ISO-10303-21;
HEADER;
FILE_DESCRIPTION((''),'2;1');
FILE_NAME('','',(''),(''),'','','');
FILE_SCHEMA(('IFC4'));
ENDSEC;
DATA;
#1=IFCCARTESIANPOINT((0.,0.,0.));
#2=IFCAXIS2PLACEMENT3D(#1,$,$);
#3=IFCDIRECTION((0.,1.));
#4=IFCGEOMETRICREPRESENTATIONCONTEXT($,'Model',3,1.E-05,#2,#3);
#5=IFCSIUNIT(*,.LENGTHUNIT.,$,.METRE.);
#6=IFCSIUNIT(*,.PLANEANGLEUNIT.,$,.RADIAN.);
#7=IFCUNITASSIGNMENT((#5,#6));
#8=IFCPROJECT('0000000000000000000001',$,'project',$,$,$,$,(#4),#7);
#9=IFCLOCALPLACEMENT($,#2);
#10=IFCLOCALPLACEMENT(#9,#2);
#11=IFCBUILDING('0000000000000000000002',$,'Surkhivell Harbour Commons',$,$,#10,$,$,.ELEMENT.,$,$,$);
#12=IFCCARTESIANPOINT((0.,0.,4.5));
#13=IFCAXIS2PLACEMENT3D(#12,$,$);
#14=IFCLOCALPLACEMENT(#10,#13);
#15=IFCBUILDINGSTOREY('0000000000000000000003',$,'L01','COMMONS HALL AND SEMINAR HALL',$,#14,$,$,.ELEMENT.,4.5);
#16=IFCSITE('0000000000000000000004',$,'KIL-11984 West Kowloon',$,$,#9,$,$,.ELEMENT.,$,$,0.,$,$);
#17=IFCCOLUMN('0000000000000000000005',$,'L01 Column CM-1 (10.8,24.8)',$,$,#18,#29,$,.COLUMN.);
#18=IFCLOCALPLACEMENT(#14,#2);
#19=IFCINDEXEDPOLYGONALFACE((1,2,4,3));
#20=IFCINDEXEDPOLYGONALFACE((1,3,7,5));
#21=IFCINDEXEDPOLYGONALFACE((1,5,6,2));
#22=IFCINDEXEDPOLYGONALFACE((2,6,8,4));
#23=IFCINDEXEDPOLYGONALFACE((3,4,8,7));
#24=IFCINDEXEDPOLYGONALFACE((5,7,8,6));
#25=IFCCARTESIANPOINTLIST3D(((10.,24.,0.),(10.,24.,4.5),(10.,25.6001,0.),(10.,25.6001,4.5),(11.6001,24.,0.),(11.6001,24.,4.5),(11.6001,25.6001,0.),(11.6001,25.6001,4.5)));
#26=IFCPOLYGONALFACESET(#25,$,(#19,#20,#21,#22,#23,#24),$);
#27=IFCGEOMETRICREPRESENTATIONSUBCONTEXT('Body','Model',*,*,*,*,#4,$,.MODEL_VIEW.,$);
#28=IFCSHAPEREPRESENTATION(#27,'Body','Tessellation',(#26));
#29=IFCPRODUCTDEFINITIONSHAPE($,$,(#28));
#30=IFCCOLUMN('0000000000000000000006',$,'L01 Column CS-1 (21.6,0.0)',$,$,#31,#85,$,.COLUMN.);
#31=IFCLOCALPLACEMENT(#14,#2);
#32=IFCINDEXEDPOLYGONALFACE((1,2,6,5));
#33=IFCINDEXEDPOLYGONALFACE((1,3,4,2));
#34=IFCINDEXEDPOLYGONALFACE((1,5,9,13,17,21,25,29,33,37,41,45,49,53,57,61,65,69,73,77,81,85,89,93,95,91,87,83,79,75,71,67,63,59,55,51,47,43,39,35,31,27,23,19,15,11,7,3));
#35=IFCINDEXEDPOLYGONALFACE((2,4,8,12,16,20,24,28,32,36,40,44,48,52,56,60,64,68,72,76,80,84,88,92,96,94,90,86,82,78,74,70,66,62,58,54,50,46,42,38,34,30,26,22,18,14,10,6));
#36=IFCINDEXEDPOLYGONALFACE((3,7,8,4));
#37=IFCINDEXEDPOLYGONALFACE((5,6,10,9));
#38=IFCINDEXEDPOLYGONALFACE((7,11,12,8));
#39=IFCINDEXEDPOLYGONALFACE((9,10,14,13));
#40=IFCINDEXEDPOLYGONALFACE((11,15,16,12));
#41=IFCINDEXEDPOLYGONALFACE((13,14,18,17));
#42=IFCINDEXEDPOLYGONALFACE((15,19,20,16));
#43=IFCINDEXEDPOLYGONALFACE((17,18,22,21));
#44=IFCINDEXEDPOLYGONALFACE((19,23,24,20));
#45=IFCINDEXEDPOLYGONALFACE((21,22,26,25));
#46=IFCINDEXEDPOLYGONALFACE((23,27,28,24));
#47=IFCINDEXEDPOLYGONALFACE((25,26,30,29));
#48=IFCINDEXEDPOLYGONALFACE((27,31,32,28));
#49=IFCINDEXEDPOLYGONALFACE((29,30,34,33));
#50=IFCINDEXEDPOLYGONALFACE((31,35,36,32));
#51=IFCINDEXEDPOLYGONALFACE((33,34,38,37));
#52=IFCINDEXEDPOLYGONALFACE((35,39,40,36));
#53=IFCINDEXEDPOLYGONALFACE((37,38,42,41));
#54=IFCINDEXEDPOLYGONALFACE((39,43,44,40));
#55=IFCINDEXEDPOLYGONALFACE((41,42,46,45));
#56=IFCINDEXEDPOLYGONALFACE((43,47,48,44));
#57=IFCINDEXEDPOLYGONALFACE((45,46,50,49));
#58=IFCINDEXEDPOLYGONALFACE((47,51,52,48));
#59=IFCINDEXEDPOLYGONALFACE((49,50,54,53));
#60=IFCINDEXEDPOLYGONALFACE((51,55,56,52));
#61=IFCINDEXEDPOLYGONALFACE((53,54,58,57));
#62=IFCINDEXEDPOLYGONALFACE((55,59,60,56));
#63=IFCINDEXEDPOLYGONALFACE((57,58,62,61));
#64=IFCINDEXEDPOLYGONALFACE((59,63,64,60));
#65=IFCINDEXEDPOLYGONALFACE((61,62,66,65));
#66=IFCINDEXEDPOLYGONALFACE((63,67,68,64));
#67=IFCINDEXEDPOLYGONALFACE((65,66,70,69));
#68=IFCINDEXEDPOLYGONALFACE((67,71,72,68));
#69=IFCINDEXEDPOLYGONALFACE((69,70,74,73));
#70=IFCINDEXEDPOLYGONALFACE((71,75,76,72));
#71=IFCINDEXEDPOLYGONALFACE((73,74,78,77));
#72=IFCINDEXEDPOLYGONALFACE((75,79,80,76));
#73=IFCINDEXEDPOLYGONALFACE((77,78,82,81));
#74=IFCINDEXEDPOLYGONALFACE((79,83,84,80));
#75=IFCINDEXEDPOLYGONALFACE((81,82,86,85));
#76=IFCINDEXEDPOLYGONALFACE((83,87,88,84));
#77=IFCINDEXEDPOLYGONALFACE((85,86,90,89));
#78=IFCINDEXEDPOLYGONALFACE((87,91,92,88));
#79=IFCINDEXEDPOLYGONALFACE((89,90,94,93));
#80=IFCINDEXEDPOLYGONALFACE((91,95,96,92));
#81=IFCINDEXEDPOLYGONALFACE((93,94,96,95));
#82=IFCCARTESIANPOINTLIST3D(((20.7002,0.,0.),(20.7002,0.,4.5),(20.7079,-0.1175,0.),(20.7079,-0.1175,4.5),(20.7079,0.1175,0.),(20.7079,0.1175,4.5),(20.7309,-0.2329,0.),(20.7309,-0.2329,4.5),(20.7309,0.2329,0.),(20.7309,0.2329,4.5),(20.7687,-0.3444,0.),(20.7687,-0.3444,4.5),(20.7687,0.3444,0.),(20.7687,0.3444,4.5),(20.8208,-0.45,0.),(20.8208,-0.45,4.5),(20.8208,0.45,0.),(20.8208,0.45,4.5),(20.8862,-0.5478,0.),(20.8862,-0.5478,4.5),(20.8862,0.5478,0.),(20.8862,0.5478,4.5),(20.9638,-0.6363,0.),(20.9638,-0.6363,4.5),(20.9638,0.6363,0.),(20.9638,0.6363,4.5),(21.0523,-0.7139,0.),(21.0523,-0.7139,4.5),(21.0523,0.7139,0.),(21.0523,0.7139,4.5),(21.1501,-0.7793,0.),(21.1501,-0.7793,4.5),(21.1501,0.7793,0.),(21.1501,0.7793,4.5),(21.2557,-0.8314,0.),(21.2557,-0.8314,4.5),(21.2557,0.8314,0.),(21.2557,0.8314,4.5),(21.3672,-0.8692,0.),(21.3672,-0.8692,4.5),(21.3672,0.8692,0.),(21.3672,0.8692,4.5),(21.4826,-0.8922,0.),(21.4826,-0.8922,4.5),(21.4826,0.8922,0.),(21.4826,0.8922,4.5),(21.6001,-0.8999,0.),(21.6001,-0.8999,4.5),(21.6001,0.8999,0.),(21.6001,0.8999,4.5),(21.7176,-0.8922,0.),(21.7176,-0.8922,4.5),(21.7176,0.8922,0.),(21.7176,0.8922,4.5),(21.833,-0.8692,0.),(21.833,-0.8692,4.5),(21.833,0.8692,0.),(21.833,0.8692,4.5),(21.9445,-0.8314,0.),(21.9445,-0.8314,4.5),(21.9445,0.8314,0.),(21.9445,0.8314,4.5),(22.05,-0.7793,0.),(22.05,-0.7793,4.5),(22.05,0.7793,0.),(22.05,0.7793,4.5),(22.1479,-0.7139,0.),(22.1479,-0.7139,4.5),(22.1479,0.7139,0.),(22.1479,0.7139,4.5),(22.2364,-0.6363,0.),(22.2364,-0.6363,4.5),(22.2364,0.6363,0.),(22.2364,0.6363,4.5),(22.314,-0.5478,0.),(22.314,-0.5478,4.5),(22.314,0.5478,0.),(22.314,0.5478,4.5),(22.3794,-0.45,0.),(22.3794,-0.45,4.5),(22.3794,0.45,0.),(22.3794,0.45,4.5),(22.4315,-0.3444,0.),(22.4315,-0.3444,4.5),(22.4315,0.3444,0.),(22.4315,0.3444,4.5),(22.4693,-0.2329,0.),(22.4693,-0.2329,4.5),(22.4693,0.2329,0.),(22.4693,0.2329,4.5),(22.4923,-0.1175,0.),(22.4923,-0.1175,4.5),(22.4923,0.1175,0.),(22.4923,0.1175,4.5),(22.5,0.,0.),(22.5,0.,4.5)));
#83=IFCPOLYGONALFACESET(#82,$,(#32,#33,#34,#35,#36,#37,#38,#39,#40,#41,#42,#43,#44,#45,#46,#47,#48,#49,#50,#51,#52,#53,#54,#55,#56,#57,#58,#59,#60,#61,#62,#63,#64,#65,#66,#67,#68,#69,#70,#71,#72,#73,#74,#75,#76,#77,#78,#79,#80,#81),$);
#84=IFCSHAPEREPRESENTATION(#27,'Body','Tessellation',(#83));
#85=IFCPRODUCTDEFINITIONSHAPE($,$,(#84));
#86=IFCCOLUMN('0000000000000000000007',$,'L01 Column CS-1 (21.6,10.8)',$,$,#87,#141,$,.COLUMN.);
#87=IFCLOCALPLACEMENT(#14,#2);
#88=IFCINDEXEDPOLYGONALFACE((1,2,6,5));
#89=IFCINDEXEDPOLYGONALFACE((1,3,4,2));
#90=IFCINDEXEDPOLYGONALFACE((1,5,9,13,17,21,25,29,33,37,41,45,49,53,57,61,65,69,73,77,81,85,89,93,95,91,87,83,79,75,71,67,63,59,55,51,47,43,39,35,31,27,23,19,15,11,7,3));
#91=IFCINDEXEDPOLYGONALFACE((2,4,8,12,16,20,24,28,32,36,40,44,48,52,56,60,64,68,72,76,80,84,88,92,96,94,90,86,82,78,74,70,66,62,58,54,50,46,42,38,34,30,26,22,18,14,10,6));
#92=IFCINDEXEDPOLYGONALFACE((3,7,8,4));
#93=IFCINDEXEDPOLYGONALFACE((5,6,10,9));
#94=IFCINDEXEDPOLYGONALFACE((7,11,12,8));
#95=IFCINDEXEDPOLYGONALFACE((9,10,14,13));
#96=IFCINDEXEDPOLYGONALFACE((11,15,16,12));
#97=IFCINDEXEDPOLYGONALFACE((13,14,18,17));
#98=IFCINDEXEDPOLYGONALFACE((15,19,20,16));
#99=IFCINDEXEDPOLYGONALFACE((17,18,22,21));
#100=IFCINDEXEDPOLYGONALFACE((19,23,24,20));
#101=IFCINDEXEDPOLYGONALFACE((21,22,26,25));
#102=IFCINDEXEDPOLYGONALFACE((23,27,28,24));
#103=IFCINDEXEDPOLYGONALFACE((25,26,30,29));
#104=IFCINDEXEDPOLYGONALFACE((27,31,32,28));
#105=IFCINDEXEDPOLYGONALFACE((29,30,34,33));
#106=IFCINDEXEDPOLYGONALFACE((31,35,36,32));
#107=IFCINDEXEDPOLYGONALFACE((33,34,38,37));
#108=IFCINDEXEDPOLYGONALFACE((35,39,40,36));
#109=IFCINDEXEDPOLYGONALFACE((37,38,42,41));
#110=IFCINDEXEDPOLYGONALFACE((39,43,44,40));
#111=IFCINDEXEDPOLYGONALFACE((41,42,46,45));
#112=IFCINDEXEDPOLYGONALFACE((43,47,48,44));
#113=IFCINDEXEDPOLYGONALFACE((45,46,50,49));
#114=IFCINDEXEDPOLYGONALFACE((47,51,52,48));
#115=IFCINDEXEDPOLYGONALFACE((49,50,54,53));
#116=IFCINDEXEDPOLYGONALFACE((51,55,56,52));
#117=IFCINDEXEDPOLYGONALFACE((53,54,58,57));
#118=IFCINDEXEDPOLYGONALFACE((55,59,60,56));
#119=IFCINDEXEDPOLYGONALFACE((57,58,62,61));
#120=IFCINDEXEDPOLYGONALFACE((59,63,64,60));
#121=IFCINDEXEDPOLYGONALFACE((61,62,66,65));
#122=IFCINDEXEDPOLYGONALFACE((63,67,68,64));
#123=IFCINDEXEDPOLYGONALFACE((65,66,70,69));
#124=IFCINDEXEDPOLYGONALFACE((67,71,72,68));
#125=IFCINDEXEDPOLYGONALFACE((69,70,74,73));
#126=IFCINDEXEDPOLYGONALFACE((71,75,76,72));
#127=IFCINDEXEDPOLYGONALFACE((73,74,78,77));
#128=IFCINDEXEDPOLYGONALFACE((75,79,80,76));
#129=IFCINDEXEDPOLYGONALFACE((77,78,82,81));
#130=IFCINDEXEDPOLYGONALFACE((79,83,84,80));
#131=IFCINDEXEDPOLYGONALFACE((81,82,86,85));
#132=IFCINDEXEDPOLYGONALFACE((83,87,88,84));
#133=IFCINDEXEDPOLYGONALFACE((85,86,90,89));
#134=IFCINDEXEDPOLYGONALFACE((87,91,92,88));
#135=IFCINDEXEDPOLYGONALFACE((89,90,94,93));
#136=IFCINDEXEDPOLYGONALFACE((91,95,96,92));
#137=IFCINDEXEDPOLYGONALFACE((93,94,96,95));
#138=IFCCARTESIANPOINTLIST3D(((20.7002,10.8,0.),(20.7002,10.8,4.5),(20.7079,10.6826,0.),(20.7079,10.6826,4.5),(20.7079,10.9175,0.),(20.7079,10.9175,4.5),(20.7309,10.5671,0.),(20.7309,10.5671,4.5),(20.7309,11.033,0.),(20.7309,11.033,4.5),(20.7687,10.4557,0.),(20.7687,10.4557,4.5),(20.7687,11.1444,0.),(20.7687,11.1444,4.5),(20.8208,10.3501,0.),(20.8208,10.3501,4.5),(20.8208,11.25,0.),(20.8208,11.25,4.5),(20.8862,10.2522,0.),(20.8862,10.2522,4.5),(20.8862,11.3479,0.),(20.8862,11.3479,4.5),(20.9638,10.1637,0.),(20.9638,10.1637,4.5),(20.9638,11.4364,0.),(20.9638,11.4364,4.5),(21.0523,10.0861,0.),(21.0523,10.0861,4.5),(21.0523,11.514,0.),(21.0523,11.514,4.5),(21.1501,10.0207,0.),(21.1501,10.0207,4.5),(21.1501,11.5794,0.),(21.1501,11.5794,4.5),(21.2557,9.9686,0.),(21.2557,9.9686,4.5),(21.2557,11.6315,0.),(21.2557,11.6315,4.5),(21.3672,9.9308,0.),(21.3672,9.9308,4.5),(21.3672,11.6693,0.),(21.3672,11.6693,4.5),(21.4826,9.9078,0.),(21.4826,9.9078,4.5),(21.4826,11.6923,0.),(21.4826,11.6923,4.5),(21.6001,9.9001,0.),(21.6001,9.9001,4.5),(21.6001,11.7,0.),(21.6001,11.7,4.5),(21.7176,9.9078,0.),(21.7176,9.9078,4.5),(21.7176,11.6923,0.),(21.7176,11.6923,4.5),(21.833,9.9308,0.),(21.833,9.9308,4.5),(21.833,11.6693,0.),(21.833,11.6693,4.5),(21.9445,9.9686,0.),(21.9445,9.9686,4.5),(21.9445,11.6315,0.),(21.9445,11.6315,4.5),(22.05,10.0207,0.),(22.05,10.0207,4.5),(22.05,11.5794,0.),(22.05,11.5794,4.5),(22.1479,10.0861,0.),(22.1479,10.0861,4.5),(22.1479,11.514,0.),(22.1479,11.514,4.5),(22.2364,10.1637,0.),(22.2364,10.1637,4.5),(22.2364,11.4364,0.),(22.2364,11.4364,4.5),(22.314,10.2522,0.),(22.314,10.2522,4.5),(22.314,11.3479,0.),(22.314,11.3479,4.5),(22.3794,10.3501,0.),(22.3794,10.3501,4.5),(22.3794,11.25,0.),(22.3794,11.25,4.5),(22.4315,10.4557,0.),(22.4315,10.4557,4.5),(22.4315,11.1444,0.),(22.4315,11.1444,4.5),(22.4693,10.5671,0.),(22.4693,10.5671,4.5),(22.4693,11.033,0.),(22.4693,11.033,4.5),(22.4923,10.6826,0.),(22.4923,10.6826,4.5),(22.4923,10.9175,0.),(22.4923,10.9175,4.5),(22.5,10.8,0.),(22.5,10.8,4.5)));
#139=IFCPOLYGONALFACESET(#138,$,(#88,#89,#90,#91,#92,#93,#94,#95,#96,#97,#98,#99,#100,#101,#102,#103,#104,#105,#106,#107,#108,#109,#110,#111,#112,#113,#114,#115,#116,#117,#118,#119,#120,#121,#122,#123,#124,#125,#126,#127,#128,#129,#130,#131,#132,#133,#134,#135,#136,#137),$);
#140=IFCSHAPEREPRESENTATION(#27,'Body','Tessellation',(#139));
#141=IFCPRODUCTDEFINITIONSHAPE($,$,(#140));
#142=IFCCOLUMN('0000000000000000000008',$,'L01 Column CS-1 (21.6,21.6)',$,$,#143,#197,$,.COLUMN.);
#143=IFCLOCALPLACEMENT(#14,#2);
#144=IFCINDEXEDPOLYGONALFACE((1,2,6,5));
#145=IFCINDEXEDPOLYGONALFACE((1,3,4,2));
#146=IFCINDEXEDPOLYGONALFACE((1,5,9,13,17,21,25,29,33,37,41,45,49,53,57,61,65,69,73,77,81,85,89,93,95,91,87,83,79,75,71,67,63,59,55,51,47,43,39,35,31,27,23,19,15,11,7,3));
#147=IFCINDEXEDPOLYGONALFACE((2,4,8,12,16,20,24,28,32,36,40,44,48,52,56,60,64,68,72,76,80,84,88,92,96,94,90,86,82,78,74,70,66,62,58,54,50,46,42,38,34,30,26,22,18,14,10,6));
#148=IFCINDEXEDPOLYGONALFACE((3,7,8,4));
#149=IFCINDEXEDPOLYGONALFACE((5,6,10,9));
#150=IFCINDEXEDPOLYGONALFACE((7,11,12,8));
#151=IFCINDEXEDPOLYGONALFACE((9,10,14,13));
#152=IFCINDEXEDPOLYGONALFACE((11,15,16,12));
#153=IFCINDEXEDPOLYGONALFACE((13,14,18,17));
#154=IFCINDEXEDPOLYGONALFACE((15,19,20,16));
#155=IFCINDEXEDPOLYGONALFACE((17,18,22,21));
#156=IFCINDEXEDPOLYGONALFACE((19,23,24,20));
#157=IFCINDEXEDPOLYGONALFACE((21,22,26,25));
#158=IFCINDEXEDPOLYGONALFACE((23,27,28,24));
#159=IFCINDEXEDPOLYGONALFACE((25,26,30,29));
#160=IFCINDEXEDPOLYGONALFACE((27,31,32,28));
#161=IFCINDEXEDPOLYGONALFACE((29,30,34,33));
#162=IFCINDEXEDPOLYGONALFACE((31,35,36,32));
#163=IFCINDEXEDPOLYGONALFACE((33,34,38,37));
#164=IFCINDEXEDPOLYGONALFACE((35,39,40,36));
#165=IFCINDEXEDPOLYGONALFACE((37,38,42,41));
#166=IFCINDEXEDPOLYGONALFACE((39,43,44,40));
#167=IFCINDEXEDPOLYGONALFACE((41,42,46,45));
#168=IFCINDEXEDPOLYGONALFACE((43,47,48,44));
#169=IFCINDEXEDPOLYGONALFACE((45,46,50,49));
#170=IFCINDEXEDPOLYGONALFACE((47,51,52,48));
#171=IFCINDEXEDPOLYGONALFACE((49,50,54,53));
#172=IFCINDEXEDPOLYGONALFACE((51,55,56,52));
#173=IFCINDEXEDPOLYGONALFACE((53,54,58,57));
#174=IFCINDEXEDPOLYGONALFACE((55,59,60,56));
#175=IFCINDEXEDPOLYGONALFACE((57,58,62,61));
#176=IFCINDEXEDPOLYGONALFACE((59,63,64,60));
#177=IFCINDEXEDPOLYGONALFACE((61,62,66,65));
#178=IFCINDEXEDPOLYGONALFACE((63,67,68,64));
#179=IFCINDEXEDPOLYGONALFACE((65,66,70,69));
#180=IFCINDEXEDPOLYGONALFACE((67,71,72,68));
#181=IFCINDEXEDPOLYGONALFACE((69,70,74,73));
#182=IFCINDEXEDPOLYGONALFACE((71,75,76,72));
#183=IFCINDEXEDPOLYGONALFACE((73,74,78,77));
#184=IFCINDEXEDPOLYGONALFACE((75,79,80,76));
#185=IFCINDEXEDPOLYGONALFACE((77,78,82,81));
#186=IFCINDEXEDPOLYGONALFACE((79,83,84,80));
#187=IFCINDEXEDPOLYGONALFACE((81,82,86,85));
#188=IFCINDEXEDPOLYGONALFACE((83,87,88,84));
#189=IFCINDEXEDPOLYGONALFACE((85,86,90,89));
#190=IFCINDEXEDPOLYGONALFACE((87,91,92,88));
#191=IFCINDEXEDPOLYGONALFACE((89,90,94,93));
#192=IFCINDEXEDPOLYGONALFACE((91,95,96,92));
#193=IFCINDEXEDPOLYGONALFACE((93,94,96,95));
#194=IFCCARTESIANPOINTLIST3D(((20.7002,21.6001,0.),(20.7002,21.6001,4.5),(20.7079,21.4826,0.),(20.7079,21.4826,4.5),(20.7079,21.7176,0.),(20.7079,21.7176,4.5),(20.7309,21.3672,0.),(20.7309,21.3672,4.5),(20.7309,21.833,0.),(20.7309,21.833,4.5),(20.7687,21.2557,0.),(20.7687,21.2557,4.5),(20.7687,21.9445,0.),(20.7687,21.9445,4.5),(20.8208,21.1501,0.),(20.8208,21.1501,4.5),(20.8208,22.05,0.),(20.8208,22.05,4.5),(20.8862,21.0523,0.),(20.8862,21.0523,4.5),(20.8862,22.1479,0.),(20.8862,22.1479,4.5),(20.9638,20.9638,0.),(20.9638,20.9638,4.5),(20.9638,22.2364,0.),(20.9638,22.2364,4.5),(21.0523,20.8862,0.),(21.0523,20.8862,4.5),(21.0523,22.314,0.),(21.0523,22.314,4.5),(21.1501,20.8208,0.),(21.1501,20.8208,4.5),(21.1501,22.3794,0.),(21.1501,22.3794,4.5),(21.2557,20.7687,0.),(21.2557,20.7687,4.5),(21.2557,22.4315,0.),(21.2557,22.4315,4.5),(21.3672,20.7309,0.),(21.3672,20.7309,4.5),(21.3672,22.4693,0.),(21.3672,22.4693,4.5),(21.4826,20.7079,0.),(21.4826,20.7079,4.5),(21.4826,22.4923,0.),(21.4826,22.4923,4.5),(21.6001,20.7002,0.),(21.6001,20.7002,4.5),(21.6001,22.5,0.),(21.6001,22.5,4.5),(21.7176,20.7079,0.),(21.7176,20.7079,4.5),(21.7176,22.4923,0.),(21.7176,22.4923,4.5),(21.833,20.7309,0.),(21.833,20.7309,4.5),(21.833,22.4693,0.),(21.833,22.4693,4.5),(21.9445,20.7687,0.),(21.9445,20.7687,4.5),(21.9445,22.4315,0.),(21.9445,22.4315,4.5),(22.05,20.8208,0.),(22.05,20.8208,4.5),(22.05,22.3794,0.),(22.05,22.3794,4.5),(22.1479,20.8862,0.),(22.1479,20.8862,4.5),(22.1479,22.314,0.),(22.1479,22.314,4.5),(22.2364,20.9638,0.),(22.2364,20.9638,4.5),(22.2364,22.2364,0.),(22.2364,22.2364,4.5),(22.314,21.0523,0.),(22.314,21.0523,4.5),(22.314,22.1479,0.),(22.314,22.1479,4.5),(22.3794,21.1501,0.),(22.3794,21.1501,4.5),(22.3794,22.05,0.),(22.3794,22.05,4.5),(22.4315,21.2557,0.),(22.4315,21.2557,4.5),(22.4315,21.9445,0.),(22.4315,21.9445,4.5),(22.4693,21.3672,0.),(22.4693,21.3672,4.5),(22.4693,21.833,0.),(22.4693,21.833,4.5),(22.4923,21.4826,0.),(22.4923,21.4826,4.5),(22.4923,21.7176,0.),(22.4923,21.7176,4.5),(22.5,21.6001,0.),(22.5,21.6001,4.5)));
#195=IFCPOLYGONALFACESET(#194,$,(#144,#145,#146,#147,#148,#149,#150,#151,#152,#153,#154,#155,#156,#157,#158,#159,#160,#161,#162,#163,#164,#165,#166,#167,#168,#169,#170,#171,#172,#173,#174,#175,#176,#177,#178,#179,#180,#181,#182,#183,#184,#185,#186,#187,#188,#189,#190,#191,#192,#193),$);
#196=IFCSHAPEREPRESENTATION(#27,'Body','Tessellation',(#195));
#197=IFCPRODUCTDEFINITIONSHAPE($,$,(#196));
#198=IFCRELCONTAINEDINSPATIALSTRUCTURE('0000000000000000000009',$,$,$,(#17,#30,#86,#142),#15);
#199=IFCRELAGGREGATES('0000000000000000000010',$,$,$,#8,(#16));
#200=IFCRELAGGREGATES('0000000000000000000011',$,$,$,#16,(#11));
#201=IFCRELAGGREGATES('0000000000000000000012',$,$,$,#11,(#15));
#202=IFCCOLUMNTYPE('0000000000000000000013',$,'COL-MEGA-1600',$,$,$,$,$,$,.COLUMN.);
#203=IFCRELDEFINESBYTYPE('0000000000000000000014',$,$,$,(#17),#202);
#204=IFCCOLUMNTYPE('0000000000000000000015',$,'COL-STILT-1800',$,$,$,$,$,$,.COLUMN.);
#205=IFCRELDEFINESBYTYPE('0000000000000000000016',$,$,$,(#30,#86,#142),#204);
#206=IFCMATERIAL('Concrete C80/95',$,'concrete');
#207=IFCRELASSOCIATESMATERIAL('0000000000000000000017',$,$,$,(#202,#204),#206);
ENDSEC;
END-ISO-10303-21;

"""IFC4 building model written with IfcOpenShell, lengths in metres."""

from ifc_helpers import new_model, si_unit, direction, frame, origin, origin_2d, place, context, subcontext, project, spatial, rectangle, circle, extrude, material, material_profile, profile_set, type_object, element, save


model = new_model("IFC4")

# Units and contexts
model_context = context("Model", 3, precision=1e-05, world=origin(), true_north=direction((0.0, 1.0)))
body_context = subcontext(model_context, "Body", "Model", "MODEL_VIEW")
ifc_project = project(units=[si_unit("LENGTHUNIT", "METRE"), si_unit("PLANEANGLEUNIT", "RADIAN")], contexts=[model_context])

# Site, building, storey
site_placement = place(None, origin())
site = spatial("IfcSite", under=ifc_project, at=site_placement, Name="KIL-11984 West Kowloon", CompositionType="ELEMENT", RefElevation=0.0)
building_placement = place(site_placement, origin())
building = spatial("IfcBuilding", under=site, at=building_placement, Name="Surkhivell Harbour Commons", CompositionType="ELEMENT")
storey_placement = place(building_placement, frame((0.0, 0.0, 4.5)))
storey = spatial("IfcBuildingStorey", under=building, at=storey_placement, Name="L01", Description="COMMONS HALL AND SEMINAR HALL", CompositionType="ELEMENT", Elevation=4.5)

# Columns
ifc_material_1 = material(Name="Concrete C80/95", Category="concrete")
ifc_material_profile_1 = material_profile(ifc_material_1, rectangle(XDim=1.6001, YDim=1.6001, at=origin_2d()), Name="RC-COL-1600x1600")
ifc_profile_set_1 = profile_set([ifc_material_profile_1], Name="Concrete C80/95")
column_type_1 = type_object("IfcColumnType", Name="COL-MEGA-1600", PredefinedType="COLUMN", material=ifc_profile_set_1)
column_placement = place(storey_placement, frame((10.8, 24.8, 0.0), z_axis=(0.0, 0.0, 1.0), x_axis=(1.0, 0.0, 0.0)))
element("IfcColumn", 1, at=column_placement, inside=storey, type_object=column_type_1, Name="L01 Column CM-1 (10.8,24.8)", PredefinedType="COLUMN", context=body_context, shape_type="SweptSolid", body=[
    extrude(rectangle(XDim=1.6001, YDim=1.6001, at=origin_2d()), origin(), (0.0, 0.0, 1.0), 4.5),
])
ifc_material_profile_2 = material_profile(ifc_material_1, circle(Radius=0.8999, at=origin_2d()), Name="RC-CIRC-1800")
ifc_profile_set_2 = profile_set([ifc_material_profile_2], Name="Concrete C80/95")
column_type_2 = type_object("IfcColumnType", Name="COL-STILT-1800", PredefinedType="COLUMN", material=ifc_profile_set_2)
for number, where, z_axis, x_axis, name in (
    (2, (21.6001, 0.0, 0.0), (0.0, 0.0, 1.0), (1.0, 0.0, 0.0), "L01 Column CS-1 (21.6,0.0)"),
    (3, (21.6001, 10.8, 0.0), (0.0, 0.0, 1.0), (1.0, 0.0, 0.0), "L01 Column CS-1 (21.6,10.8)"),
    (4, (21.6001, 21.6001, 0.0), (0.0, 0.0, 1.0), (1.0, 0.0, 0.0), "L01 Column CS-1 (21.6,21.6)"),
):
    element("IfcColumn", number, at=place(storey_placement, frame(where, z_axis=z_axis, x_axis=x_axis)), inside=storey, type_object=column_type_2, Name=name, PredefinedType="COLUMN", context=body_context, shape_type="SweptSolid", body=[
        extrude(circle(Radius=0.8999, at=origin_2d()), origin(), (0.0, 0.0, 1.0), 4.5),
    ])

save(model, "model.ifc")
